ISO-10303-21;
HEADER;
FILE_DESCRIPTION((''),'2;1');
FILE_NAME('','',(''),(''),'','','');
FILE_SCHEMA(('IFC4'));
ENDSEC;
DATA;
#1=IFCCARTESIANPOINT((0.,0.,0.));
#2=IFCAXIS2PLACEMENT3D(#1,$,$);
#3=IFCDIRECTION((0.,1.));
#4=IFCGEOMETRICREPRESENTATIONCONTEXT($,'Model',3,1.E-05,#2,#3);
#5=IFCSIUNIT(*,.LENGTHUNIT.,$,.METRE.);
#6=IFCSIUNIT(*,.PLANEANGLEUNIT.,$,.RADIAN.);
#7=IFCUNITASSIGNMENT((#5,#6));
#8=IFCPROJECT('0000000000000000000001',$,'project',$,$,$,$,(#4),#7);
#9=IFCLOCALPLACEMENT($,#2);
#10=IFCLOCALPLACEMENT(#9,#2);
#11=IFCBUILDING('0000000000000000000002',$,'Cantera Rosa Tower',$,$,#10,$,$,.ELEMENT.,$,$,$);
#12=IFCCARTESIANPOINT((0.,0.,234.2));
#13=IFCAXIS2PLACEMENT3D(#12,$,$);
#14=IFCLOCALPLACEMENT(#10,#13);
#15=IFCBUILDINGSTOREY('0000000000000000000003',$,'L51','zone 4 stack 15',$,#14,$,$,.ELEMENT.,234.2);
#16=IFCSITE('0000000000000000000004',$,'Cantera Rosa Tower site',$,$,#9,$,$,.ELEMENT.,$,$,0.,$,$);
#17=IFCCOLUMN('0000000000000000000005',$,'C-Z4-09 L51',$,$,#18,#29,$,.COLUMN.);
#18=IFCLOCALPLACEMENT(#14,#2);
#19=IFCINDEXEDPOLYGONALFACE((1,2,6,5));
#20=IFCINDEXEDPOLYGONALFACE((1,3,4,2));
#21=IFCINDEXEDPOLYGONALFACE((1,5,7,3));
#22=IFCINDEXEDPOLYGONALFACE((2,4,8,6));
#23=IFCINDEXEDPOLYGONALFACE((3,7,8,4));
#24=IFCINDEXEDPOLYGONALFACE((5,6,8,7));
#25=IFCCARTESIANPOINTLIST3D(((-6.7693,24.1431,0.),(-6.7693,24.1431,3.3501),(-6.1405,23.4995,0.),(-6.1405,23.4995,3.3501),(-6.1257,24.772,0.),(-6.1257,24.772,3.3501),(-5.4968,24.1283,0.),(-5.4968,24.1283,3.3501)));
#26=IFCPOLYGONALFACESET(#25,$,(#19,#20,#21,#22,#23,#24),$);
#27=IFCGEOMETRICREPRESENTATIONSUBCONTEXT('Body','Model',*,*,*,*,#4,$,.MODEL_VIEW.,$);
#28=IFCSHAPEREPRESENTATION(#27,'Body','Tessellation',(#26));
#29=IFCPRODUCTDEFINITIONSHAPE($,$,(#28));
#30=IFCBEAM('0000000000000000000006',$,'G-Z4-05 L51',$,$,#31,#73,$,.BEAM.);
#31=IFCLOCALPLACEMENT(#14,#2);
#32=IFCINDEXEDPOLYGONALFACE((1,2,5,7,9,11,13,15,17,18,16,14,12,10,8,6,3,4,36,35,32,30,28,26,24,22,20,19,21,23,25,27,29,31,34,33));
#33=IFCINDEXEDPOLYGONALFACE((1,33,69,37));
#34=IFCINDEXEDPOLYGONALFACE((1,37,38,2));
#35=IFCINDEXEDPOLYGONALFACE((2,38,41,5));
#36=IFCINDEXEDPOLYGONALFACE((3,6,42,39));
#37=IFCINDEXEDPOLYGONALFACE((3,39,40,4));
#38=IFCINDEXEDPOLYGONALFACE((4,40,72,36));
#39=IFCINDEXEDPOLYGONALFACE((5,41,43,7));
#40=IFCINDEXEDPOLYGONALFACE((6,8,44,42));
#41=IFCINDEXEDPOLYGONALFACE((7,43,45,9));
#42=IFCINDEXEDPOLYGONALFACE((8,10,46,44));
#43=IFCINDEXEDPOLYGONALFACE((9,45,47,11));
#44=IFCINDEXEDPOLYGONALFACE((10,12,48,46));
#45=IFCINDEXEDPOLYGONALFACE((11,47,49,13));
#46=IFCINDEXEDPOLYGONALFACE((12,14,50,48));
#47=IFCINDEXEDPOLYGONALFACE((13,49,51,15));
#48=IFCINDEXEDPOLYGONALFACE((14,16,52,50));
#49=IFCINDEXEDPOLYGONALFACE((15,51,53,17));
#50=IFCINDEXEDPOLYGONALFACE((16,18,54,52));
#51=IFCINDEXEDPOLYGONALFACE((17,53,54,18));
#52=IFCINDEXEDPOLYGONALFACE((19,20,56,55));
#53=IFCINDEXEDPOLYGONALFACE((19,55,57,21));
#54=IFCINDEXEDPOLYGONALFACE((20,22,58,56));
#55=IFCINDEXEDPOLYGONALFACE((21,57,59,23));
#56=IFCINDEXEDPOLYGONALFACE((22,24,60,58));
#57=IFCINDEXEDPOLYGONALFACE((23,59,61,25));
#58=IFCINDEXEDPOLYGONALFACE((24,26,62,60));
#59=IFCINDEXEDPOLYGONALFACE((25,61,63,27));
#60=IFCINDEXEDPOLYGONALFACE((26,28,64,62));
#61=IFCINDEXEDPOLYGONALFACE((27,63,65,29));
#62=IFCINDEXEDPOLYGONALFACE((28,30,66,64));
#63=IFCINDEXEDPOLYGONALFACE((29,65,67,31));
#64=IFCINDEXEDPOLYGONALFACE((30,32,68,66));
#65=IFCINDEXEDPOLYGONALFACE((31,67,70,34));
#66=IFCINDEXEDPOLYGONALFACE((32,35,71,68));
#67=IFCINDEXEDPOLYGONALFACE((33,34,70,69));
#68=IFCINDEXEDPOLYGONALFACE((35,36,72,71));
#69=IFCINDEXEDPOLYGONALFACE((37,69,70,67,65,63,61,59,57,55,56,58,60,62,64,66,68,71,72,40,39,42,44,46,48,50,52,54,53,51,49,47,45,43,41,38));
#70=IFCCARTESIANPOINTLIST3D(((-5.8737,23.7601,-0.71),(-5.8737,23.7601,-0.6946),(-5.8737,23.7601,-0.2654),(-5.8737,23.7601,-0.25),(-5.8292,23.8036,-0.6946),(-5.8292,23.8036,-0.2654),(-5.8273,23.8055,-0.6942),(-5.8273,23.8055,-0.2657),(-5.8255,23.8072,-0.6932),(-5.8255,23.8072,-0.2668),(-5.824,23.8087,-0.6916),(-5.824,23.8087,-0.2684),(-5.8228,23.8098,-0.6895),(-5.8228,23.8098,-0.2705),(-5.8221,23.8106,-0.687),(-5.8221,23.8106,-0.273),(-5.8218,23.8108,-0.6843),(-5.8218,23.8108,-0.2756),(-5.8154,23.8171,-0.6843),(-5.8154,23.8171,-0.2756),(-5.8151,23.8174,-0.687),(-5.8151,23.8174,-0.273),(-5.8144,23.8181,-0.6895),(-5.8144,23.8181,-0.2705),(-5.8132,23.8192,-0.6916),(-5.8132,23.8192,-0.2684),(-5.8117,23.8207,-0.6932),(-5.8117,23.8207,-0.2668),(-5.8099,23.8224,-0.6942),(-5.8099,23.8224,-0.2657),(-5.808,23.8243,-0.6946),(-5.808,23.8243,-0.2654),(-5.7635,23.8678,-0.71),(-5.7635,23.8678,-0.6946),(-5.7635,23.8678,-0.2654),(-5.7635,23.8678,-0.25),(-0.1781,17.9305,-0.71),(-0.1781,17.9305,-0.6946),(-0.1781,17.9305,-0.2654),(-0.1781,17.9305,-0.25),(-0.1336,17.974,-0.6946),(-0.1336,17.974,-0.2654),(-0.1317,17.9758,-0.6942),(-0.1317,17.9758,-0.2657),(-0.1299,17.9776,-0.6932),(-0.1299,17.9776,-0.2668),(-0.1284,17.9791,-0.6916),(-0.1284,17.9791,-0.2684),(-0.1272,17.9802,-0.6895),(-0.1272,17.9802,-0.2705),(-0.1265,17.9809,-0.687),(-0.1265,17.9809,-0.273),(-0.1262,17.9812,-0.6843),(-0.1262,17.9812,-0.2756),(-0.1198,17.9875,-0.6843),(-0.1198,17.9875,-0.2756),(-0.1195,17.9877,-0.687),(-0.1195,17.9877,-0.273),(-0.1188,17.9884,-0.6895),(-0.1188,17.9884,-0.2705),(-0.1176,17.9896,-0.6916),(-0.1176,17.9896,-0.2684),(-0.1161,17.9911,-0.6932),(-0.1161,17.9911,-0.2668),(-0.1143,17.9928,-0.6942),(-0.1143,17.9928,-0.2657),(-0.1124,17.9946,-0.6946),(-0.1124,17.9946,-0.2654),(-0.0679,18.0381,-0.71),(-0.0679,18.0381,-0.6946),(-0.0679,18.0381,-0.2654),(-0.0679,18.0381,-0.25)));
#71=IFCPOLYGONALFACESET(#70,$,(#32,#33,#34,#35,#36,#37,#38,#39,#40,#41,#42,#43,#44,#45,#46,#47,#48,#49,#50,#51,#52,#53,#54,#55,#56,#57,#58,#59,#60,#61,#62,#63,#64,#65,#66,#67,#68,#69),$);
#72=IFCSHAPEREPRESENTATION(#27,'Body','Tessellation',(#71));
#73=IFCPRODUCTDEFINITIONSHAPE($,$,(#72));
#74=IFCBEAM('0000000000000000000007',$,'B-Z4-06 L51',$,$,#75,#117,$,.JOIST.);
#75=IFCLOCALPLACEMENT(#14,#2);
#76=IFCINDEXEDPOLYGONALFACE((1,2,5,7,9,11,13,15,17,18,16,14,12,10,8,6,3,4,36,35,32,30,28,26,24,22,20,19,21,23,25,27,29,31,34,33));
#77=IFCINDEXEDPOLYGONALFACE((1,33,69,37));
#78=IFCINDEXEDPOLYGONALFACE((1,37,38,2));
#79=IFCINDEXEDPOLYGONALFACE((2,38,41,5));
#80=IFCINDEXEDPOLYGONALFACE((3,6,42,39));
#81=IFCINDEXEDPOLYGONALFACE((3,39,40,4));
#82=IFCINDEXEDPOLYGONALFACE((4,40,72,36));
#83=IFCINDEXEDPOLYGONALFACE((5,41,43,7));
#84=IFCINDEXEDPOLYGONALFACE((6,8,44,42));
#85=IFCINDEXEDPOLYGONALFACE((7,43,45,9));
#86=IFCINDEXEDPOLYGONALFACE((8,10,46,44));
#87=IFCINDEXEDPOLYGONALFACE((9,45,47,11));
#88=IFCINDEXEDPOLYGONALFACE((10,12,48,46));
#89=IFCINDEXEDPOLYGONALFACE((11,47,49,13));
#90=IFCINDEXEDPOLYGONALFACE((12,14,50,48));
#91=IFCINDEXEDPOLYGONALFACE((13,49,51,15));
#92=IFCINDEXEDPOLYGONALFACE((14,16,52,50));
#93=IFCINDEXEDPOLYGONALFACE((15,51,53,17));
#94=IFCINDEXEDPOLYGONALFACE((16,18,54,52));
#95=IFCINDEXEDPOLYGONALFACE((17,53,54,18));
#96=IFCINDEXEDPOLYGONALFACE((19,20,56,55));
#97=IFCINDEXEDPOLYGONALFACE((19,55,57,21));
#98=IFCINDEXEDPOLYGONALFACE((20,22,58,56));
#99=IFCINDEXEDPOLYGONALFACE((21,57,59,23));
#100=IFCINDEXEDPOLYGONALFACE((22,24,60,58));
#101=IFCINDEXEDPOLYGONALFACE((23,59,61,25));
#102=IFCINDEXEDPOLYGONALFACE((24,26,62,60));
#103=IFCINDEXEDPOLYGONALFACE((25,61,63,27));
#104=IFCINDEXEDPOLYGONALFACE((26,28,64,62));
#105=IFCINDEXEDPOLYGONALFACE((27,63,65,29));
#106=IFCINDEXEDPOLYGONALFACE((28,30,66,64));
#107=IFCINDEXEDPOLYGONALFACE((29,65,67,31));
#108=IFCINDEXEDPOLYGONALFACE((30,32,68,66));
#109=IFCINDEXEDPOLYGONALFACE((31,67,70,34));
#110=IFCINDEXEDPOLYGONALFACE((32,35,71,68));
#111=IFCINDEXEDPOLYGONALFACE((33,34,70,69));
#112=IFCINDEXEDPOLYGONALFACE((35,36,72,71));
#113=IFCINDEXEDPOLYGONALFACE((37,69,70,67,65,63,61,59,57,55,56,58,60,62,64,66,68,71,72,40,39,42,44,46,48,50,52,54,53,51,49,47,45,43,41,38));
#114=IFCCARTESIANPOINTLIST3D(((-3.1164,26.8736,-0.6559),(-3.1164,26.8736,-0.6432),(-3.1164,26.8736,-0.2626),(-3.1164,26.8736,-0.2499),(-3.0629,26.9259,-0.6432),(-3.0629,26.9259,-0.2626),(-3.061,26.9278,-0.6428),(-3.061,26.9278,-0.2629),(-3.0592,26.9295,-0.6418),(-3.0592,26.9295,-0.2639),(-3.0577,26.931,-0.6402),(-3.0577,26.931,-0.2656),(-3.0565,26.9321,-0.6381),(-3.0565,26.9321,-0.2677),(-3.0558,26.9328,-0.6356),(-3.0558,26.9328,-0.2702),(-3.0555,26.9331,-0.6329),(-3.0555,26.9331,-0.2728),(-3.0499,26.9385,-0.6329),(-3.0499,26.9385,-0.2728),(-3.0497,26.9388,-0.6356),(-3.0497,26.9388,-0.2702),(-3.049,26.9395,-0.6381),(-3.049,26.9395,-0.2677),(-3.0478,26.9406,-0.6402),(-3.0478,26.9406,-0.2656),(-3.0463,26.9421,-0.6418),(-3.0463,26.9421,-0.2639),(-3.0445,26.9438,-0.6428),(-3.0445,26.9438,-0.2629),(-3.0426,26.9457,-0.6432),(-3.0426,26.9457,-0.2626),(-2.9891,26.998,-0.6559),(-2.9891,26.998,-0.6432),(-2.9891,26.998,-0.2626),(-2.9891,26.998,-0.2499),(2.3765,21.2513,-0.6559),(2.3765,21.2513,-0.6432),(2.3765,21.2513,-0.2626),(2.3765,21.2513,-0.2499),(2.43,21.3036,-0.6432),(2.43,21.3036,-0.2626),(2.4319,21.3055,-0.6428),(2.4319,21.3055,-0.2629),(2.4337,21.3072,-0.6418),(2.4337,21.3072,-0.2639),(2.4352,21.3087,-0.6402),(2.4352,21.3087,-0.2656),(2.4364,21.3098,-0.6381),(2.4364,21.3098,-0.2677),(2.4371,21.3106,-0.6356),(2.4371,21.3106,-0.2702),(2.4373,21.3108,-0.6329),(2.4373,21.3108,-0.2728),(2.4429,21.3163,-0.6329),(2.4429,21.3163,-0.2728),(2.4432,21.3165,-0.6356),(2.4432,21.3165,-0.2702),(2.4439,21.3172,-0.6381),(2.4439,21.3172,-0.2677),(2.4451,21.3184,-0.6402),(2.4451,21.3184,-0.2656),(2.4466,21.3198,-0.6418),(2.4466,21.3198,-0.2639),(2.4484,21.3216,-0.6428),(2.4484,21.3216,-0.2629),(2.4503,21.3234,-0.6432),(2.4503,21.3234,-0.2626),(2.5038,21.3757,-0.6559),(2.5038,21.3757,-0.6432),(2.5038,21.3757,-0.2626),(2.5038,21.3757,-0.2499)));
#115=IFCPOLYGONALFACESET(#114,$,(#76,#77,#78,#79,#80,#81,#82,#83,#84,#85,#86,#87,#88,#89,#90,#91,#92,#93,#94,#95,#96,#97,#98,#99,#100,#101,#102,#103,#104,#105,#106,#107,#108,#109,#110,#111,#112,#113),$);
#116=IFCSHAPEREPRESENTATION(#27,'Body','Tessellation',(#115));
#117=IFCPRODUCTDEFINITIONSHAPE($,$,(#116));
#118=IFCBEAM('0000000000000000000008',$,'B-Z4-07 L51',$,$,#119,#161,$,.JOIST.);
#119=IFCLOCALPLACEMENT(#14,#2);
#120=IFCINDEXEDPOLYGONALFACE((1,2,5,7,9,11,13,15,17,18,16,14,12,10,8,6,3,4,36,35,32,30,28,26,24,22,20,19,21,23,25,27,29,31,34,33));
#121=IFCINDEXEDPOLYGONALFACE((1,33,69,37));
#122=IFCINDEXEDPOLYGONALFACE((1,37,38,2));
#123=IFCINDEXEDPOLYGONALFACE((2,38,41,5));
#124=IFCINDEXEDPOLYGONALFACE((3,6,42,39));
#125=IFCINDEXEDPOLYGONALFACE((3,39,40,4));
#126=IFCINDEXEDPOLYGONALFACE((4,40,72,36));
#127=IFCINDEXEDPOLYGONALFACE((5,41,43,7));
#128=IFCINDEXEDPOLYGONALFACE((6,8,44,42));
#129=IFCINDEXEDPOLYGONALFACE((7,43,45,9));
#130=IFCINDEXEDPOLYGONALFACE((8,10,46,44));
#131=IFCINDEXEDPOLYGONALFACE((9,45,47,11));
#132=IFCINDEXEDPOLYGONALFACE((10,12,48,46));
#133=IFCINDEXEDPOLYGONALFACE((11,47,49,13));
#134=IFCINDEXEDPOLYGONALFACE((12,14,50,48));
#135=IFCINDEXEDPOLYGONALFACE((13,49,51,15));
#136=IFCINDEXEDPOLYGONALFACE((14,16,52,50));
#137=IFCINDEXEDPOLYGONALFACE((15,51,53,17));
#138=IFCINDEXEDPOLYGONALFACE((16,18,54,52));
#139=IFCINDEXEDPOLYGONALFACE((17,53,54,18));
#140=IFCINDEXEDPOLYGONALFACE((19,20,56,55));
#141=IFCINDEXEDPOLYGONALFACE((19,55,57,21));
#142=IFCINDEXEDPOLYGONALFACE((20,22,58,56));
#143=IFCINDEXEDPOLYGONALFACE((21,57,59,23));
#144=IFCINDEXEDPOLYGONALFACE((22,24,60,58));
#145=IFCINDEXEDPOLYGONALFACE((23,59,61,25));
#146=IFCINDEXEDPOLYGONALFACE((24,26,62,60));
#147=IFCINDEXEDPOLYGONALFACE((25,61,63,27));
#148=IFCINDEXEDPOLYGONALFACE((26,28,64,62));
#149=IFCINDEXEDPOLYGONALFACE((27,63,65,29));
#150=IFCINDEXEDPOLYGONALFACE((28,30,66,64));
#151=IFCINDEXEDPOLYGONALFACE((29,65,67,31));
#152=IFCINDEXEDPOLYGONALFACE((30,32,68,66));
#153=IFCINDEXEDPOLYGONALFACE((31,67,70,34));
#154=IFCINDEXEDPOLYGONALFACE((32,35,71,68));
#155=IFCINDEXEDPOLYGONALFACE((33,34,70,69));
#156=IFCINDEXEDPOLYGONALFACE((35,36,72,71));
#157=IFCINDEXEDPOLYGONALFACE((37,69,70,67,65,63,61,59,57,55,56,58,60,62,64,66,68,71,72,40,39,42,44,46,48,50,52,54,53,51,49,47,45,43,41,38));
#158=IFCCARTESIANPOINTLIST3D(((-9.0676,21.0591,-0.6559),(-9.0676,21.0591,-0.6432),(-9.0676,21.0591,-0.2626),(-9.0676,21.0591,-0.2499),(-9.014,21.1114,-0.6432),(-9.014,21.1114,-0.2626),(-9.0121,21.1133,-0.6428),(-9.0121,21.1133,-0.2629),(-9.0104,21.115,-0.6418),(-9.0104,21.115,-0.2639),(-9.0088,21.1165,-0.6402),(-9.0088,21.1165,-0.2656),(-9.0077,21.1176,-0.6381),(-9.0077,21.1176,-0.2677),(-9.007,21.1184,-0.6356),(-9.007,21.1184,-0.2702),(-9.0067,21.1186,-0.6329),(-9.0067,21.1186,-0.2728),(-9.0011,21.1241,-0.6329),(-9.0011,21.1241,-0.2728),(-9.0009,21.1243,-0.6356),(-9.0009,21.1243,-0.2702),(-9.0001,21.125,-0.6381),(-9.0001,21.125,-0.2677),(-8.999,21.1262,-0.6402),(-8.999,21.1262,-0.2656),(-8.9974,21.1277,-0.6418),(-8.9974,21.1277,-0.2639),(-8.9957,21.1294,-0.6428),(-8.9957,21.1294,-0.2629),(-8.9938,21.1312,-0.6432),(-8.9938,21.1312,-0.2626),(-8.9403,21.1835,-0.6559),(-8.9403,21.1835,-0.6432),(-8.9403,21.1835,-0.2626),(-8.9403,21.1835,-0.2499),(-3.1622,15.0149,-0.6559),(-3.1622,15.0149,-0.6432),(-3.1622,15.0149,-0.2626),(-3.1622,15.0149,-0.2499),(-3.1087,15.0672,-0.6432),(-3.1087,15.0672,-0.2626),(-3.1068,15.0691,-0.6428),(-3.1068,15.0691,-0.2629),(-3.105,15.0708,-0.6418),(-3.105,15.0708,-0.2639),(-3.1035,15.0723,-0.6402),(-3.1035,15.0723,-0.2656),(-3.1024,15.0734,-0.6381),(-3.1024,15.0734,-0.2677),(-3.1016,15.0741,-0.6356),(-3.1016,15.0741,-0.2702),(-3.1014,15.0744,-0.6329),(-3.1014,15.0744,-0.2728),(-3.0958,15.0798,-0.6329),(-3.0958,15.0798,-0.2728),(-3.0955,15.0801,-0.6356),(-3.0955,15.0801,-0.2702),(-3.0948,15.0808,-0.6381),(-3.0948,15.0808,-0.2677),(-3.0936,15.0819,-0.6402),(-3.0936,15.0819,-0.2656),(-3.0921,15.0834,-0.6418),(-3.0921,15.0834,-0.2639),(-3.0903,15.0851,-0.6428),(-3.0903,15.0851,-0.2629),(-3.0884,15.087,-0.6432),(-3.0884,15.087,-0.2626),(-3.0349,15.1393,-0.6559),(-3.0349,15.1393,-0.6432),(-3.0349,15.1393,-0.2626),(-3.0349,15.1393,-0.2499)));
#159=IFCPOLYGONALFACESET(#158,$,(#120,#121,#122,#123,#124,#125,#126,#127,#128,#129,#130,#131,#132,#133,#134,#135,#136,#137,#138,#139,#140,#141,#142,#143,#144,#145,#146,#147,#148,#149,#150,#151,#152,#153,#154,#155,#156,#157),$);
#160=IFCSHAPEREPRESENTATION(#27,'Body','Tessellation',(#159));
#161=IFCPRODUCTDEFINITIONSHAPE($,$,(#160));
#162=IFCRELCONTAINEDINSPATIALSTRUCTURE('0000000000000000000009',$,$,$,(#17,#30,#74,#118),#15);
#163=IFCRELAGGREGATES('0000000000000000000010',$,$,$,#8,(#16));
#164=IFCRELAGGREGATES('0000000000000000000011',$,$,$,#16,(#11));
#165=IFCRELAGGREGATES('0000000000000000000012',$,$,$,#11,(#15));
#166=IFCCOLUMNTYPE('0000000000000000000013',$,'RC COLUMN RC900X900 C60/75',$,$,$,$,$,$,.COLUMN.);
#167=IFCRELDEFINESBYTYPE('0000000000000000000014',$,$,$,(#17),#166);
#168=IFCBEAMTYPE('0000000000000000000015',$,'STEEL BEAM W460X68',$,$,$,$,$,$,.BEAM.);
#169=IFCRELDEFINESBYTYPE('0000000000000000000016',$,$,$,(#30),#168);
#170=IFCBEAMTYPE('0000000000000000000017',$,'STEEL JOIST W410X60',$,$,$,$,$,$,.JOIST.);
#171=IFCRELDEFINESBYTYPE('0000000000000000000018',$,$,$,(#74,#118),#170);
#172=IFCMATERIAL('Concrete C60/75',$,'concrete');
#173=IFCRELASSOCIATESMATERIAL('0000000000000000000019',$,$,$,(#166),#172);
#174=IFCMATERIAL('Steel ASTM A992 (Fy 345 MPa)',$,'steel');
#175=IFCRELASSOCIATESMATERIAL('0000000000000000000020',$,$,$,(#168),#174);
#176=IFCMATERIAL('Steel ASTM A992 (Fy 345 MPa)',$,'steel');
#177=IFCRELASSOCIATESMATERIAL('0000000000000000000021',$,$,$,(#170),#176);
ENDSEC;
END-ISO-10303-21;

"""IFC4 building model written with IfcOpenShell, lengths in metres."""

from ifc_helpers import new_model, si_unit, direction, frame, origin, origin_2d, place, context, subcontext, project, spatial, rectangle, i_section, extrude, material, material_profile, profile_set, type_object, element, save


model = new_model("IFC4")

# Units and contexts
model_context = context("Model", 3, precision=1e-05, world=origin(), true_north=direction((0.0, 1.0)))
body_context = subcontext(model_context, "Body", "Model", "MODEL_VIEW")
ifc_project = project(units=[si_unit("LENGTHUNIT", "METRE"), si_unit("PLANEANGLEUNIT", "RADIAN")], contexts=[model_context])

# Site, building, storey
site_placement = place(None, origin())
site = spatial("IfcSite", under=ifc_project, at=site_placement, Name="Cantera Rosa Tower site", CompositionType="ELEMENT", RefElevation=0.0)
building_placement = place(site_placement, origin())
building = spatial("IfcBuilding", under=site, at=building_placement, Name="Cantera Rosa Tower", CompositionType="ELEMENT")
storey_placement = place(building_placement, frame((0.0, 0.0, 234.2)))
storey = spatial("IfcBuildingStorey", under=building, at=storey_placement, Name="L51", Description="zone 4 stack 15", CompositionType="ELEMENT", Elevation=234.2)

# Column
ifc_material_1 = material(Name="Concrete C60/75", Category="concrete")
ifc_material_profile_1 = material_profile(ifc_material_1, rectangle(XDim=0.8999, YDim=0.8999, at=origin_2d()), Name="RC COLUMN RC900X900 C60/75")
ifc_profile_set_1 = profile_set([ifc_material_profile_1], Name="Concrete C60/75")
column_type = type_object("IfcColumnType", Name="RC COLUMN RC900X900 C60/75", PredefinedType="COLUMN", material=ifc_profile_set_1)
column_placement = place(storey_placement, frame((-6.1331, 24.1357, 0.0), z_axis=(0.0, 0.0, 1.0), x_axis=(0.715286, 0.698832, 0.0)))
element("IfcColumn", 1, at=column_placement, inside=storey, type_object=column_type, Name="C-Z4-09 L51", PredefinedType="COLUMN", context=body_context, shape_type="SweptSolid", body=[
    extrude(rectangle(XDim=0.8999, YDim=0.8999, at=origin_2d()), origin(), (0.0, 0.0, 1.0), 3.3501),
])

# Beams
ifc_material_2 = material(Name="Steel ASTM A992 (Fy 345 MPa)", Category="steel")
ifc_material_profile_2 = material_profile(ifc_material_2, i_section(OverallWidth=0.1541, OverallDepth=0.46, WebThickness=0.009, FlangeThickness=0.0154, FilletRadius=0.0103, at=origin_2d()), Name="W460X68")
ifc_profile_set_2 = profile_set([ifc_material_profile_2], Name="Steel ASTM A992 (Fy 345 MPa)")
beam_type_1 = type_object("IfcBeamType", Name="STEEL BEAM W460X68", PredefinedType="BEAM", material=ifc_profile_set_2)
beam_1_placement = place(storey_placement, frame((-5.8186, 23.814, -0.48), z_axis=(0.698836, -0.715282, 0.0), x_axis=(0.715282, 0.698836, 0.0)))
element("IfcBeam", 2, at=beam_1_placement, inside=storey, type_object=beam_type_1, Name="G-Z4-05 L51", PredefinedType="BEAM", context=body_context, shape_type="SweptSolid", body=[
    extrude(i_section(OverallWidth=0.1541, OverallDepth=0.46, WebThickness=0.009, FlangeThickness=0.0154, FilletRadius=0.0103, at=origin_2d()), origin(), (0.0, 0.0, 1.0), 8.1501),
])
ifc_material_3 = material(Name="Steel ASTM A992 (Fy 345 MPa)", Category="steel")
ifc_material_profile_3 = material_profile(ifc_material_3, i_section(OverallWidth=0.178, OverallDepth=0.406, WebThickness=0.0078, FlangeThickness=0.0127, FilletRadius=0.0103, at=origin_2d()), Name="W410X60")
ifc_profile_set_3 = profile_set([ifc_material_profile_3], Name="Steel ASTM A992 (Fy 345 MPa)")
beam_type_2 = type_object("IfcBeamType", Name="STEEL JOIST W410X60", PredefinedType="JOIST", material=ifc_profile_set_3)
beam_2_placement = place(storey_placement, frame((-3.0527, 26.9358, -0.4529), z_axis=(0.698828, -0.71529, 0.0), x_axis=(0.71529, 0.698828, 0.0)))
element("IfcBeam", 3, at=beam_2_placement, inside=storey, type_object=beam_type_2, Name="B-Z4-06 L51", PredefinedType="JOIST", context=body_context, shape_type="SweptSolid", body=[
    extrude(i_section(OverallWidth=0.178, OverallDepth=0.406, WebThickness=0.0078, FlangeThickness=0.0127, FilletRadius=0.0103, at=origin_2d()), origin(), (0.0, 0.0, 1.0), 7.8601),
])
beam_3_placement = place(storey_placement, frame((-9.0039, 21.1213, -0.4529), z_axis=(0.698839, -0.715279, 0.0), x_axis=(0.715279, 0.698839, 0.0)))
element("IfcBeam", 4, at=beam_3_placement, inside=storey, type_object=beam_type_2, Name="B-Z4-07 L51", PredefinedType="JOIST", context=body_context, shape_type="SweptSolid", body=[
    extrude(i_section(OverallWidth=0.178, OverallDepth=0.406, WebThickness=0.0078, FlangeThickness=0.0127, FilletRadius=0.0103, at=origin_2d()), origin(), (0.0, 0.0, 1.0), 8.4502),
])

save(model, "model.ifc")
